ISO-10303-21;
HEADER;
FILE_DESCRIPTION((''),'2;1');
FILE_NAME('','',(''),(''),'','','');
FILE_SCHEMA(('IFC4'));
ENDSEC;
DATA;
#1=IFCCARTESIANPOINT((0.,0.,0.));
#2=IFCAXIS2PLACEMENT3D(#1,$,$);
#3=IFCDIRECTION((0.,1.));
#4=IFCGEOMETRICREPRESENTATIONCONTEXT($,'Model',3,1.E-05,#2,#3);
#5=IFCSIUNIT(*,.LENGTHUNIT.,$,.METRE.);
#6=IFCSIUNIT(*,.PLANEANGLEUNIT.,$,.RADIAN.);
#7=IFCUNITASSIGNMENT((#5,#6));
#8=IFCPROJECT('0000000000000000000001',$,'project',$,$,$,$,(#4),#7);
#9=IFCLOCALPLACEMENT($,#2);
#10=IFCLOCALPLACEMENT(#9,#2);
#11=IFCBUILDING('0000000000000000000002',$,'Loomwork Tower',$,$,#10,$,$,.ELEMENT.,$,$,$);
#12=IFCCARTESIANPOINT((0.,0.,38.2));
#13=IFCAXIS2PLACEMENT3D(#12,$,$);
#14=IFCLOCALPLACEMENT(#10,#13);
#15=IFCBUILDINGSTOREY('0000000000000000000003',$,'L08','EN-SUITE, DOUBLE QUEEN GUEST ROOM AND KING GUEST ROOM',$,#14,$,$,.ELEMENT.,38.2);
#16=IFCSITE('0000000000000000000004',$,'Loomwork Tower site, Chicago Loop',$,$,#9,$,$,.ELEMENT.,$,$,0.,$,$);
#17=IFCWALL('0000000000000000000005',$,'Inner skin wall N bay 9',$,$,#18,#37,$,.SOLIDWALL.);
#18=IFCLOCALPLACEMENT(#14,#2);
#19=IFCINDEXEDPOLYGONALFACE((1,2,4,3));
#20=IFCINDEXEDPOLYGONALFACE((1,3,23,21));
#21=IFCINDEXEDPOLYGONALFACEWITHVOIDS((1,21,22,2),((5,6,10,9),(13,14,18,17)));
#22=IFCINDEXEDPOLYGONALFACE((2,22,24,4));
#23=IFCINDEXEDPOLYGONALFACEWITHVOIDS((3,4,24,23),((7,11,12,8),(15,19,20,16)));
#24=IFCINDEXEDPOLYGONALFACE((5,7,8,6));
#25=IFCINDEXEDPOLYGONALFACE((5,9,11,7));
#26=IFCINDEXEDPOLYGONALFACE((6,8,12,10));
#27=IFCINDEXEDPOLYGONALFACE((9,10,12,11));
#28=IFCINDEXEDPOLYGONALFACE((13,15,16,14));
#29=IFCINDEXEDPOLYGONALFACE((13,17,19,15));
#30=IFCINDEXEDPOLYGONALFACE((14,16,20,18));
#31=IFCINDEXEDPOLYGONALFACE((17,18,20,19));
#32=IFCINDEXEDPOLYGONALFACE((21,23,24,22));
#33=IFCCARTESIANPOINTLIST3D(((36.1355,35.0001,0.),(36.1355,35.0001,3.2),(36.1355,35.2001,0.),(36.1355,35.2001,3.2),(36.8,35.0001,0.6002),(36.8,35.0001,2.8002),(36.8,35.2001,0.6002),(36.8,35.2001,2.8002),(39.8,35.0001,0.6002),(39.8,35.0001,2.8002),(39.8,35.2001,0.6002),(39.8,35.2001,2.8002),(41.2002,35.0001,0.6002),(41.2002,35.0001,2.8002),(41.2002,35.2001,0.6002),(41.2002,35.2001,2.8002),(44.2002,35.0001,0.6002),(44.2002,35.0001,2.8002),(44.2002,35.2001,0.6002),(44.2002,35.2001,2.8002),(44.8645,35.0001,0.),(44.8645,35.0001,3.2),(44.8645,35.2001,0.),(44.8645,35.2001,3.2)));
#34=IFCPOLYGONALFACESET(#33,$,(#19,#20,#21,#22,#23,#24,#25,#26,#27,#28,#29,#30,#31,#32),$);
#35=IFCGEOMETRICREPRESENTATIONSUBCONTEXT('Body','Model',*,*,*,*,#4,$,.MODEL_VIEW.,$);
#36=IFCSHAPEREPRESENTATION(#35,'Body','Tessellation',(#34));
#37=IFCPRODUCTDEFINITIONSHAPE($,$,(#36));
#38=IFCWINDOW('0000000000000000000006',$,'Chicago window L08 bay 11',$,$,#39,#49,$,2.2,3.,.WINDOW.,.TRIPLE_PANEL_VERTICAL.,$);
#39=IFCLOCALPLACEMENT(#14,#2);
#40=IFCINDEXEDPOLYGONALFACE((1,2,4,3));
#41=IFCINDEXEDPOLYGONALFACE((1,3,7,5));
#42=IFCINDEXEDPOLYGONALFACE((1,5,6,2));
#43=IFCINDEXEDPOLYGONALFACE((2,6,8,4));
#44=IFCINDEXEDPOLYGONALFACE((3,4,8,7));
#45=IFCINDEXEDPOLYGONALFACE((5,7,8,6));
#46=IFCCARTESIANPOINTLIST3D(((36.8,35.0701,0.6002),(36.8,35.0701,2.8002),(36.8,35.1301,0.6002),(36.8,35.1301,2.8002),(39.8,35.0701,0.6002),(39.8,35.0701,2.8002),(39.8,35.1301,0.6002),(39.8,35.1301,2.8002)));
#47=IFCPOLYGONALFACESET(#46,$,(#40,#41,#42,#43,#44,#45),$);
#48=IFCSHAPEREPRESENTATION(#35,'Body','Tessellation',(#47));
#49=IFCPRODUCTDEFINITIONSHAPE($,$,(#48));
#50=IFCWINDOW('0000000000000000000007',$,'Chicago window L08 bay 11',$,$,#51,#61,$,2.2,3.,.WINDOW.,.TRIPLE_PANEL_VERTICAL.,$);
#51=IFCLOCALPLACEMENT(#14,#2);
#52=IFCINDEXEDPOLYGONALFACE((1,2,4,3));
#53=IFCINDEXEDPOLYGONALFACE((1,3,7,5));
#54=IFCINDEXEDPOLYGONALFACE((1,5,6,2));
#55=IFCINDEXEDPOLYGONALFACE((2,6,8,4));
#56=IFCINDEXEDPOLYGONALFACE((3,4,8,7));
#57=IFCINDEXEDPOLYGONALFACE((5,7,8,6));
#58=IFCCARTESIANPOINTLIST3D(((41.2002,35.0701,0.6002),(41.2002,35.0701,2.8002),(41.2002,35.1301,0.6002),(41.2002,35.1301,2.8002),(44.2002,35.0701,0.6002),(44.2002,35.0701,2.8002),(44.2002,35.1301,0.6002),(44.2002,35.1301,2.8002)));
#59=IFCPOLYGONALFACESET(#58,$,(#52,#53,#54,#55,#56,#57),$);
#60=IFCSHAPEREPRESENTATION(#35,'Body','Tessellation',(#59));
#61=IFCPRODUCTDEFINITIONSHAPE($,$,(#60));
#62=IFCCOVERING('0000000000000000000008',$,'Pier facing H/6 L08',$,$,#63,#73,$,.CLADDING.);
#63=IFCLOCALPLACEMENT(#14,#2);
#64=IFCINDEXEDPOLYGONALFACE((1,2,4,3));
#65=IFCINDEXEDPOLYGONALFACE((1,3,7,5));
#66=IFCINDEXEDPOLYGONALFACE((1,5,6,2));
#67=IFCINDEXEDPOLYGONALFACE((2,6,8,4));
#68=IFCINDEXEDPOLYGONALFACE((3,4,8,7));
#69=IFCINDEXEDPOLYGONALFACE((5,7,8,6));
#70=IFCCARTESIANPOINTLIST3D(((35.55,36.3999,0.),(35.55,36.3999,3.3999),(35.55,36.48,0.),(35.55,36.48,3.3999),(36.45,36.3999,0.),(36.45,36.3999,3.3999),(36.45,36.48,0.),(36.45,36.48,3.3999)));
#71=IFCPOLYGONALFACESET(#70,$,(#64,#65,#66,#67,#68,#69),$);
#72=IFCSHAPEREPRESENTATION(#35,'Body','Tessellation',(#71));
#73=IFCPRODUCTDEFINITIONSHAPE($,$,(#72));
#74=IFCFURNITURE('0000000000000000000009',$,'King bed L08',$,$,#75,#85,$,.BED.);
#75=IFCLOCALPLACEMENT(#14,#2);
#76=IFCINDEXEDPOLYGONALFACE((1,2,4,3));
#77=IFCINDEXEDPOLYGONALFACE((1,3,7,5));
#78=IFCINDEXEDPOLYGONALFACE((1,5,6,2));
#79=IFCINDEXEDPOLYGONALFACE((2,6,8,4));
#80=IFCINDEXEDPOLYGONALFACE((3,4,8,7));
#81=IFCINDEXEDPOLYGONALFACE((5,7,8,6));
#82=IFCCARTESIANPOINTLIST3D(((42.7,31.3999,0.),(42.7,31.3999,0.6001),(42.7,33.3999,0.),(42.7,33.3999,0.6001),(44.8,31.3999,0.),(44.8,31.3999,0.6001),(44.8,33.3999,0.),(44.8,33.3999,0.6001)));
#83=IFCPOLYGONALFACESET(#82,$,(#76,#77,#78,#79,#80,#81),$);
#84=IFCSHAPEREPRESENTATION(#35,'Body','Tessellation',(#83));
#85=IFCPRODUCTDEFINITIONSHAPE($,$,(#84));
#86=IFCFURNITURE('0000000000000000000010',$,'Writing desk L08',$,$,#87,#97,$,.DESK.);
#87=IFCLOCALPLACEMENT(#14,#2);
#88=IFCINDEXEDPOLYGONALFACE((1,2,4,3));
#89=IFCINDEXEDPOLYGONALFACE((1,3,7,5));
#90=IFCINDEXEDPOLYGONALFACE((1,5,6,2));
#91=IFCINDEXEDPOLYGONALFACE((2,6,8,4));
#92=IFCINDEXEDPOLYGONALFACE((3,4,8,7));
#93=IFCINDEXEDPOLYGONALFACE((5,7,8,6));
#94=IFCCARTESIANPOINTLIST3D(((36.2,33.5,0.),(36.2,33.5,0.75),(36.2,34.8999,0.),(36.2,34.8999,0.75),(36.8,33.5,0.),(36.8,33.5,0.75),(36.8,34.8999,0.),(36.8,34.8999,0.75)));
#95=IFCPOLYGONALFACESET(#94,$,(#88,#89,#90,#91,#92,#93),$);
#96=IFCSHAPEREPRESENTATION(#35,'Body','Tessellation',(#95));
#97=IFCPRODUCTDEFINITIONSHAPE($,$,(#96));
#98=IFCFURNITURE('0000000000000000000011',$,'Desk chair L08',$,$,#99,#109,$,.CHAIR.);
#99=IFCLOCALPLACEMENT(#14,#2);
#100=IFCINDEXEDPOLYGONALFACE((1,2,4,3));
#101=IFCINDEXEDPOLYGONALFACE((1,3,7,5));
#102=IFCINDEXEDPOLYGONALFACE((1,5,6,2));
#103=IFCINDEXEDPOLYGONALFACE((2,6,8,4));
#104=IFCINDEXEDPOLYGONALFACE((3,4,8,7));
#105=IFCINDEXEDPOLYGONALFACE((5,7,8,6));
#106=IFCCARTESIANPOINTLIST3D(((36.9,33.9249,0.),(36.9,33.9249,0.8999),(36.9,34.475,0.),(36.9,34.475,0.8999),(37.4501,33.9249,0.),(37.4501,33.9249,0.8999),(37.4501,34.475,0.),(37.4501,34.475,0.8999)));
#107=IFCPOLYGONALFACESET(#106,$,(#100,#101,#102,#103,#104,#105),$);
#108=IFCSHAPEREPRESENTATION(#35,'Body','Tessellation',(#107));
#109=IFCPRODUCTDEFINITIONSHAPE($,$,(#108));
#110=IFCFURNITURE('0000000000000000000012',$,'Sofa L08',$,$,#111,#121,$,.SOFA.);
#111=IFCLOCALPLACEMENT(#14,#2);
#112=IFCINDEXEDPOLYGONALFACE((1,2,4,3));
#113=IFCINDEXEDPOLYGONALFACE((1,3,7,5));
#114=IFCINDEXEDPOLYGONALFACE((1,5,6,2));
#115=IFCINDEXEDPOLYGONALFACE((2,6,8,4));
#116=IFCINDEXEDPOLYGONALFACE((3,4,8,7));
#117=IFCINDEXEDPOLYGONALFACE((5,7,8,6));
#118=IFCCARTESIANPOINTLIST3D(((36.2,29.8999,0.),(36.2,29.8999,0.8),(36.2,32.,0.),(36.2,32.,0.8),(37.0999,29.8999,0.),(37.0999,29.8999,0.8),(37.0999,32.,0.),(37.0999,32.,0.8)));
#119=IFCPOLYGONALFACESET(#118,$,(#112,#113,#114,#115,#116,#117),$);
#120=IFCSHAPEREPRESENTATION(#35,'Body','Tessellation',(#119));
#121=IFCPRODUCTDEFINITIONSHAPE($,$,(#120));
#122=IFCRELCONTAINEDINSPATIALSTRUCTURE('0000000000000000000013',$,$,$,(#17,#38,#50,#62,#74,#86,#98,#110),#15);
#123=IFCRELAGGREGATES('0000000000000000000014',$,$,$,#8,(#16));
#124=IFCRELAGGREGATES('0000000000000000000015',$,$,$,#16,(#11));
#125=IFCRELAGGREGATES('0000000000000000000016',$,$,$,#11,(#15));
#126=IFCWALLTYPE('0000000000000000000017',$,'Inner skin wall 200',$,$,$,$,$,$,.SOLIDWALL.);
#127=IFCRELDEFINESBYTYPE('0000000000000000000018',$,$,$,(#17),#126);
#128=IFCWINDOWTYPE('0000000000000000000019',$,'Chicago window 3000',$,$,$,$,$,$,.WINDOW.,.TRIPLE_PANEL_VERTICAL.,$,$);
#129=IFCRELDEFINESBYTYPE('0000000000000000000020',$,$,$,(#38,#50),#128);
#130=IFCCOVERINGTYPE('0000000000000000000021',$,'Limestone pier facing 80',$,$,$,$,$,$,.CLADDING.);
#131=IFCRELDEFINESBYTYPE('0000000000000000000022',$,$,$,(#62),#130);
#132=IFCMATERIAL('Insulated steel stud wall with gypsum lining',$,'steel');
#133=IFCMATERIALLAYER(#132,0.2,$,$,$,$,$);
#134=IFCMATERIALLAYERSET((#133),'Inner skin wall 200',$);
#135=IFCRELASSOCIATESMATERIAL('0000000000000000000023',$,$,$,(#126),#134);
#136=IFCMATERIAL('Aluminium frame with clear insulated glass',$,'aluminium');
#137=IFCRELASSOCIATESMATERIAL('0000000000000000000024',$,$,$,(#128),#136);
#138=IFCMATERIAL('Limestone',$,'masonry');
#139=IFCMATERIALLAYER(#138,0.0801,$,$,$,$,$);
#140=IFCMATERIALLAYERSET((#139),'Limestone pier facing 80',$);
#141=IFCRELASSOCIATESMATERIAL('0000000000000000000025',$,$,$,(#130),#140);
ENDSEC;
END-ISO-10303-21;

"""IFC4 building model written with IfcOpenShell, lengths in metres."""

from ifc_helpers import new_model, si_unit, direction, frame, frame_2d, origin, origin_2d, place, context, subcontext, project, spatial, rectangle, extrude, material, layer, layer_set, type_object, element, fill, save


model = new_model("IFC4")

# Units and contexts
model_context = context("Model", 3, precision=1e-05, world=origin(), true_north=direction((0.0, 1.0)))
body_context = subcontext(model_context, "Body", "Model", "MODEL_VIEW")
ifc_project = project(units=[si_unit("LENGTHUNIT", "METRE"), si_unit("PLANEANGLEUNIT", "RADIAN")], contexts=[model_context])

# Site, building, storey
site_placement = place(None, origin())
site = spatial("IfcSite", under=ifc_project, at=site_placement, Name="Loomwork Tower site, Chicago Loop", CompositionType="ELEMENT", RefElevation=0.0)
building_placement = place(site_placement, origin())
building = spatial("IfcBuilding", under=site, at=building_placement, Name="Loomwork Tower", CompositionType="ELEMENT")
storey_placement = place(building_placement, frame((0.0, 0.0, 38.2)))
storey = spatial("IfcBuildingStorey", under=building, at=storey_placement, Name="L08", Description="EN-SUITE, DOUBLE QUEEN GUEST ROOM AND KING GUEST ROOM", CompositionType="ELEMENT", Elevation=38.2)

# Shared definitions
ifc_material_1 = material(Name="Insulated steel stud wall with gypsum lining", Category="steel")
ifc_layer_1 = layer(ifc_material_1, 0.2)
ifc_layer_set_1 = layer_set([ifc_layer_1], Name="Inner skin wall 200")
wall_type_1 = type_object("IfcWallType", Name="Inner skin wall 200", PredefinedType="SOLIDWALL", material=ifc_layer_set_1)

# Wall, openings, windows
wall_1_placement = place(storey_placement, frame((36.1355, 35.1001, 0.0), z_axis=(0.0, 0.0, 1.0), x_axis=(1.0, 0.0, 0.0)))
wall_1 = element("IfcWall", 1, at=wall_1_placement, inside=storey, type_object=wall_type_1, Name="Inner skin wall N bay 9", PredefinedType="SOLIDWALL", context=body_context, shape_type="SweptSolid", body=[
    extrude(rectangle(XDim=8.729, YDim=0.2, at=frame_2d((4.3645, 0.0))), origin(), (0.0, 0.0, 1.0), 3.2),
])
opening_1_placement = place(wall_1_placement, frame((0.6646, 0.0, 0.6001)))
opening_1 = element("IfcOpeningElement", 2, at=opening_1_placement, cuts=wall_1, PredefinedType="OPENING", context=body_context, shape_type="SweptSolid", body=[
    extrude(rectangle(XDim=3.0, YDim=2.2, at=frame_2d((1.5, 1.1001))), frame((0.0, 0.1099, 0.0), z_axis=(0.0, -1.0, 0.0), x_axis=(1.0, 0.0, 0.0)), (0.0, 0.0, 1.0), 0.22),
])
opening_2_placement = place(wall_1_placement, frame((5.0647, 0.0, 0.6001)))
opening_2 = element("IfcOpeningElement", 3, at=opening_2_placement, cuts=wall_1, PredefinedType="OPENING", context=body_context, shape_type="SweptSolid", body=[
    extrude(rectangle(XDim=3.0, YDim=2.2, at=frame_2d((1.5, 1.1001))), frame((0.0, 0.1099, 0.0), z_axis=(0.0, -1.0, 0.0), x_axis=(1.0, 0.0, 0.0)), (0.0, 0.0, 1.0), 0.22),
])
ifc_material_2 = material(Name="Aluminium frame with clear insulated glass", Category="aluminium")
window_type = type_object("IfcWindowType", Name="Chicago window 3000", PartitioningType="TRIPLE_PANEL_VERTICAL", PredefinedType="WINDOW", material=ifc_material_2)
window_1_placement = place(opening_1_placement, origin())
window_1 = element("IfcWindow", 4, at=window_1_placement, inside=storey, type_object=window_type, Name="Chicago window L08 bay 11", OverallHeight=2.2, OverallWidth=3.0, PartitioningType="TRIPLE_PANEL_VERTICAL", PredefinedType="WINDOW", context=body_context, shape_type="SweptSolid", body=[
    extrude(rectangle(XDim=3.0, YDim=2.2, at=frame_2d((1.5, 1.1001))), frame((0.0, 0.03, 0.0), z_axis=(0.0, -1.0, 0.0), x_axis=(1.0, 0.0, 0.0)), (0.0, 0.0, 1.0), 0.0601),
])
fill(opening_1, window_1)
window_2_placement = place(opening_2_placement, origin())
window_2 = element("IfcWindow", 5, at=window_2_placement, inside=storey, type_object=window_type, Name="Chicago window L08 bay 11", OverallHeight=2.2, OverallWidth=3.0, PartitioningType="TRIPLE_PANEL_VERTICAL", PredefinedType="WINDOW", context=body_context, shape_type="SweptSolid", body=[
    extrude(rectangle(XDim=3.0, YDim=2.2, at=frame_2d((1.5, 1.1001))), frame((0.0, 0.03, 0.0), z_axis=(0.0, -1.0, 0.0), x_axis=(1.0, 0.0, 0.0)), (0.0, 0.0, 1.0), 0.0601),
])
fill(opening_2, window_2)

# Covering
ifc_material_3 = material(Name="Limestone", Category="masonry")
ifc_layer_2 = layer(ifc_material_3, 0.0801)
ifc_layer_set_2 = layer_set([ifc_layer_2], Name="Limestone pier facing 80")
covering_type = type_object("IfcCoveringType", Name="Limestone pier facing 80", PredefinedType="CLADDING", material=ifc_layer_set_2)
covering_placement = place(storey_placement, frame((36.0, 36.4399, 0.0), z_axis=(0.0, 0.0, 1.0), x_axis=(1.0, 0.0, 0.0)))
element("IfcCovering", 6, at=covering_placement, inside=storey, type_object=covering_type, Name="Pier facing H/6 L08", PredefinedType="CLADDING", context=body_context, shape_type="SweptSolid", body=[
    extrude(rectangle(XDim=0.8999, YDim=0.0801, at=origin_2d()), origin(), (0.0, 0.0, 1.0), 3.3999),
])

# Furniture
furniture_1_placement = place(storey_placement, frame((43.75, 32.3999, 0.0), z_axis=(0.0, 0.0, 1.0), x_axis=(1.0, 0.0, 0.0)))
element("IfcFurniture", 7, at=furniture_1_placement, inside=storey, Name="King bed L08", PredefinedType="BED", context=body_context, shape_type="SweptSolid", body=[
    extrude(rectangle(XDim=2.1001, YDim=2.0, at=origin_2d()), origin(), (0.0, 0.0, 1.0), 0.6001),
])
furniture_2_placement = place(storey_placement, frame((36.5, 34.2, 0.0), z_axis=(0.0, 0.0, 1.0), x_axis=(1.0, 0.0, 0.0)))
element("IfcFurniture", 8, at=furniture_2_placement, inside=storey, Name="Writing desk L08", PredefinedType="DESK", context=body_context, shape_type="SweptSolid", body=[
    extrude(rectangle(XDim=0.6001, YDim=1.3999, at=origin_2d()), origin(), (0.0, 0.0, 1.0), 0.75),
])
furniture_3_placement = place(storey_placement, frame((37.175, 34.2, 0.0), z_axis=(0.0, 0.0, 1.0), x_axis=(1.0, 0.0, 0.0)))
element("IfcFurniture", 9, at=furniture_3_placement, inside=storey, Name="Desk chair L08", PredefinedType="CHAIR", context=body_context, shape_type="SweptSolid", body=[
    extrude(rectangle(XDim=0.55, YDim=0.55, at=origin_2d()), origin(), (0.0, 0.0, 1.0), 0.8999),
])
furniture_4_placement = place(storey_placement, frame((36.6499, 30.95, 0.0), z_axis=(0.0, 0.0, 1.0), x_axis=(1.0, 0.0, 0.0)))
element("IfcFurniture", 10, at=furniture_4_placement, inside=storey, Name="Sofa L08", PredefinedType="SOFA", context=body_context, shape_type="SweptSolid", body=[
    extrude(rectangle(XDim=0.8999, YDim=2.1001, at=origin_2d()), origin(), (0.0, 0.0, 1.0), 0.8),
])

save(model, "model.ifc")
